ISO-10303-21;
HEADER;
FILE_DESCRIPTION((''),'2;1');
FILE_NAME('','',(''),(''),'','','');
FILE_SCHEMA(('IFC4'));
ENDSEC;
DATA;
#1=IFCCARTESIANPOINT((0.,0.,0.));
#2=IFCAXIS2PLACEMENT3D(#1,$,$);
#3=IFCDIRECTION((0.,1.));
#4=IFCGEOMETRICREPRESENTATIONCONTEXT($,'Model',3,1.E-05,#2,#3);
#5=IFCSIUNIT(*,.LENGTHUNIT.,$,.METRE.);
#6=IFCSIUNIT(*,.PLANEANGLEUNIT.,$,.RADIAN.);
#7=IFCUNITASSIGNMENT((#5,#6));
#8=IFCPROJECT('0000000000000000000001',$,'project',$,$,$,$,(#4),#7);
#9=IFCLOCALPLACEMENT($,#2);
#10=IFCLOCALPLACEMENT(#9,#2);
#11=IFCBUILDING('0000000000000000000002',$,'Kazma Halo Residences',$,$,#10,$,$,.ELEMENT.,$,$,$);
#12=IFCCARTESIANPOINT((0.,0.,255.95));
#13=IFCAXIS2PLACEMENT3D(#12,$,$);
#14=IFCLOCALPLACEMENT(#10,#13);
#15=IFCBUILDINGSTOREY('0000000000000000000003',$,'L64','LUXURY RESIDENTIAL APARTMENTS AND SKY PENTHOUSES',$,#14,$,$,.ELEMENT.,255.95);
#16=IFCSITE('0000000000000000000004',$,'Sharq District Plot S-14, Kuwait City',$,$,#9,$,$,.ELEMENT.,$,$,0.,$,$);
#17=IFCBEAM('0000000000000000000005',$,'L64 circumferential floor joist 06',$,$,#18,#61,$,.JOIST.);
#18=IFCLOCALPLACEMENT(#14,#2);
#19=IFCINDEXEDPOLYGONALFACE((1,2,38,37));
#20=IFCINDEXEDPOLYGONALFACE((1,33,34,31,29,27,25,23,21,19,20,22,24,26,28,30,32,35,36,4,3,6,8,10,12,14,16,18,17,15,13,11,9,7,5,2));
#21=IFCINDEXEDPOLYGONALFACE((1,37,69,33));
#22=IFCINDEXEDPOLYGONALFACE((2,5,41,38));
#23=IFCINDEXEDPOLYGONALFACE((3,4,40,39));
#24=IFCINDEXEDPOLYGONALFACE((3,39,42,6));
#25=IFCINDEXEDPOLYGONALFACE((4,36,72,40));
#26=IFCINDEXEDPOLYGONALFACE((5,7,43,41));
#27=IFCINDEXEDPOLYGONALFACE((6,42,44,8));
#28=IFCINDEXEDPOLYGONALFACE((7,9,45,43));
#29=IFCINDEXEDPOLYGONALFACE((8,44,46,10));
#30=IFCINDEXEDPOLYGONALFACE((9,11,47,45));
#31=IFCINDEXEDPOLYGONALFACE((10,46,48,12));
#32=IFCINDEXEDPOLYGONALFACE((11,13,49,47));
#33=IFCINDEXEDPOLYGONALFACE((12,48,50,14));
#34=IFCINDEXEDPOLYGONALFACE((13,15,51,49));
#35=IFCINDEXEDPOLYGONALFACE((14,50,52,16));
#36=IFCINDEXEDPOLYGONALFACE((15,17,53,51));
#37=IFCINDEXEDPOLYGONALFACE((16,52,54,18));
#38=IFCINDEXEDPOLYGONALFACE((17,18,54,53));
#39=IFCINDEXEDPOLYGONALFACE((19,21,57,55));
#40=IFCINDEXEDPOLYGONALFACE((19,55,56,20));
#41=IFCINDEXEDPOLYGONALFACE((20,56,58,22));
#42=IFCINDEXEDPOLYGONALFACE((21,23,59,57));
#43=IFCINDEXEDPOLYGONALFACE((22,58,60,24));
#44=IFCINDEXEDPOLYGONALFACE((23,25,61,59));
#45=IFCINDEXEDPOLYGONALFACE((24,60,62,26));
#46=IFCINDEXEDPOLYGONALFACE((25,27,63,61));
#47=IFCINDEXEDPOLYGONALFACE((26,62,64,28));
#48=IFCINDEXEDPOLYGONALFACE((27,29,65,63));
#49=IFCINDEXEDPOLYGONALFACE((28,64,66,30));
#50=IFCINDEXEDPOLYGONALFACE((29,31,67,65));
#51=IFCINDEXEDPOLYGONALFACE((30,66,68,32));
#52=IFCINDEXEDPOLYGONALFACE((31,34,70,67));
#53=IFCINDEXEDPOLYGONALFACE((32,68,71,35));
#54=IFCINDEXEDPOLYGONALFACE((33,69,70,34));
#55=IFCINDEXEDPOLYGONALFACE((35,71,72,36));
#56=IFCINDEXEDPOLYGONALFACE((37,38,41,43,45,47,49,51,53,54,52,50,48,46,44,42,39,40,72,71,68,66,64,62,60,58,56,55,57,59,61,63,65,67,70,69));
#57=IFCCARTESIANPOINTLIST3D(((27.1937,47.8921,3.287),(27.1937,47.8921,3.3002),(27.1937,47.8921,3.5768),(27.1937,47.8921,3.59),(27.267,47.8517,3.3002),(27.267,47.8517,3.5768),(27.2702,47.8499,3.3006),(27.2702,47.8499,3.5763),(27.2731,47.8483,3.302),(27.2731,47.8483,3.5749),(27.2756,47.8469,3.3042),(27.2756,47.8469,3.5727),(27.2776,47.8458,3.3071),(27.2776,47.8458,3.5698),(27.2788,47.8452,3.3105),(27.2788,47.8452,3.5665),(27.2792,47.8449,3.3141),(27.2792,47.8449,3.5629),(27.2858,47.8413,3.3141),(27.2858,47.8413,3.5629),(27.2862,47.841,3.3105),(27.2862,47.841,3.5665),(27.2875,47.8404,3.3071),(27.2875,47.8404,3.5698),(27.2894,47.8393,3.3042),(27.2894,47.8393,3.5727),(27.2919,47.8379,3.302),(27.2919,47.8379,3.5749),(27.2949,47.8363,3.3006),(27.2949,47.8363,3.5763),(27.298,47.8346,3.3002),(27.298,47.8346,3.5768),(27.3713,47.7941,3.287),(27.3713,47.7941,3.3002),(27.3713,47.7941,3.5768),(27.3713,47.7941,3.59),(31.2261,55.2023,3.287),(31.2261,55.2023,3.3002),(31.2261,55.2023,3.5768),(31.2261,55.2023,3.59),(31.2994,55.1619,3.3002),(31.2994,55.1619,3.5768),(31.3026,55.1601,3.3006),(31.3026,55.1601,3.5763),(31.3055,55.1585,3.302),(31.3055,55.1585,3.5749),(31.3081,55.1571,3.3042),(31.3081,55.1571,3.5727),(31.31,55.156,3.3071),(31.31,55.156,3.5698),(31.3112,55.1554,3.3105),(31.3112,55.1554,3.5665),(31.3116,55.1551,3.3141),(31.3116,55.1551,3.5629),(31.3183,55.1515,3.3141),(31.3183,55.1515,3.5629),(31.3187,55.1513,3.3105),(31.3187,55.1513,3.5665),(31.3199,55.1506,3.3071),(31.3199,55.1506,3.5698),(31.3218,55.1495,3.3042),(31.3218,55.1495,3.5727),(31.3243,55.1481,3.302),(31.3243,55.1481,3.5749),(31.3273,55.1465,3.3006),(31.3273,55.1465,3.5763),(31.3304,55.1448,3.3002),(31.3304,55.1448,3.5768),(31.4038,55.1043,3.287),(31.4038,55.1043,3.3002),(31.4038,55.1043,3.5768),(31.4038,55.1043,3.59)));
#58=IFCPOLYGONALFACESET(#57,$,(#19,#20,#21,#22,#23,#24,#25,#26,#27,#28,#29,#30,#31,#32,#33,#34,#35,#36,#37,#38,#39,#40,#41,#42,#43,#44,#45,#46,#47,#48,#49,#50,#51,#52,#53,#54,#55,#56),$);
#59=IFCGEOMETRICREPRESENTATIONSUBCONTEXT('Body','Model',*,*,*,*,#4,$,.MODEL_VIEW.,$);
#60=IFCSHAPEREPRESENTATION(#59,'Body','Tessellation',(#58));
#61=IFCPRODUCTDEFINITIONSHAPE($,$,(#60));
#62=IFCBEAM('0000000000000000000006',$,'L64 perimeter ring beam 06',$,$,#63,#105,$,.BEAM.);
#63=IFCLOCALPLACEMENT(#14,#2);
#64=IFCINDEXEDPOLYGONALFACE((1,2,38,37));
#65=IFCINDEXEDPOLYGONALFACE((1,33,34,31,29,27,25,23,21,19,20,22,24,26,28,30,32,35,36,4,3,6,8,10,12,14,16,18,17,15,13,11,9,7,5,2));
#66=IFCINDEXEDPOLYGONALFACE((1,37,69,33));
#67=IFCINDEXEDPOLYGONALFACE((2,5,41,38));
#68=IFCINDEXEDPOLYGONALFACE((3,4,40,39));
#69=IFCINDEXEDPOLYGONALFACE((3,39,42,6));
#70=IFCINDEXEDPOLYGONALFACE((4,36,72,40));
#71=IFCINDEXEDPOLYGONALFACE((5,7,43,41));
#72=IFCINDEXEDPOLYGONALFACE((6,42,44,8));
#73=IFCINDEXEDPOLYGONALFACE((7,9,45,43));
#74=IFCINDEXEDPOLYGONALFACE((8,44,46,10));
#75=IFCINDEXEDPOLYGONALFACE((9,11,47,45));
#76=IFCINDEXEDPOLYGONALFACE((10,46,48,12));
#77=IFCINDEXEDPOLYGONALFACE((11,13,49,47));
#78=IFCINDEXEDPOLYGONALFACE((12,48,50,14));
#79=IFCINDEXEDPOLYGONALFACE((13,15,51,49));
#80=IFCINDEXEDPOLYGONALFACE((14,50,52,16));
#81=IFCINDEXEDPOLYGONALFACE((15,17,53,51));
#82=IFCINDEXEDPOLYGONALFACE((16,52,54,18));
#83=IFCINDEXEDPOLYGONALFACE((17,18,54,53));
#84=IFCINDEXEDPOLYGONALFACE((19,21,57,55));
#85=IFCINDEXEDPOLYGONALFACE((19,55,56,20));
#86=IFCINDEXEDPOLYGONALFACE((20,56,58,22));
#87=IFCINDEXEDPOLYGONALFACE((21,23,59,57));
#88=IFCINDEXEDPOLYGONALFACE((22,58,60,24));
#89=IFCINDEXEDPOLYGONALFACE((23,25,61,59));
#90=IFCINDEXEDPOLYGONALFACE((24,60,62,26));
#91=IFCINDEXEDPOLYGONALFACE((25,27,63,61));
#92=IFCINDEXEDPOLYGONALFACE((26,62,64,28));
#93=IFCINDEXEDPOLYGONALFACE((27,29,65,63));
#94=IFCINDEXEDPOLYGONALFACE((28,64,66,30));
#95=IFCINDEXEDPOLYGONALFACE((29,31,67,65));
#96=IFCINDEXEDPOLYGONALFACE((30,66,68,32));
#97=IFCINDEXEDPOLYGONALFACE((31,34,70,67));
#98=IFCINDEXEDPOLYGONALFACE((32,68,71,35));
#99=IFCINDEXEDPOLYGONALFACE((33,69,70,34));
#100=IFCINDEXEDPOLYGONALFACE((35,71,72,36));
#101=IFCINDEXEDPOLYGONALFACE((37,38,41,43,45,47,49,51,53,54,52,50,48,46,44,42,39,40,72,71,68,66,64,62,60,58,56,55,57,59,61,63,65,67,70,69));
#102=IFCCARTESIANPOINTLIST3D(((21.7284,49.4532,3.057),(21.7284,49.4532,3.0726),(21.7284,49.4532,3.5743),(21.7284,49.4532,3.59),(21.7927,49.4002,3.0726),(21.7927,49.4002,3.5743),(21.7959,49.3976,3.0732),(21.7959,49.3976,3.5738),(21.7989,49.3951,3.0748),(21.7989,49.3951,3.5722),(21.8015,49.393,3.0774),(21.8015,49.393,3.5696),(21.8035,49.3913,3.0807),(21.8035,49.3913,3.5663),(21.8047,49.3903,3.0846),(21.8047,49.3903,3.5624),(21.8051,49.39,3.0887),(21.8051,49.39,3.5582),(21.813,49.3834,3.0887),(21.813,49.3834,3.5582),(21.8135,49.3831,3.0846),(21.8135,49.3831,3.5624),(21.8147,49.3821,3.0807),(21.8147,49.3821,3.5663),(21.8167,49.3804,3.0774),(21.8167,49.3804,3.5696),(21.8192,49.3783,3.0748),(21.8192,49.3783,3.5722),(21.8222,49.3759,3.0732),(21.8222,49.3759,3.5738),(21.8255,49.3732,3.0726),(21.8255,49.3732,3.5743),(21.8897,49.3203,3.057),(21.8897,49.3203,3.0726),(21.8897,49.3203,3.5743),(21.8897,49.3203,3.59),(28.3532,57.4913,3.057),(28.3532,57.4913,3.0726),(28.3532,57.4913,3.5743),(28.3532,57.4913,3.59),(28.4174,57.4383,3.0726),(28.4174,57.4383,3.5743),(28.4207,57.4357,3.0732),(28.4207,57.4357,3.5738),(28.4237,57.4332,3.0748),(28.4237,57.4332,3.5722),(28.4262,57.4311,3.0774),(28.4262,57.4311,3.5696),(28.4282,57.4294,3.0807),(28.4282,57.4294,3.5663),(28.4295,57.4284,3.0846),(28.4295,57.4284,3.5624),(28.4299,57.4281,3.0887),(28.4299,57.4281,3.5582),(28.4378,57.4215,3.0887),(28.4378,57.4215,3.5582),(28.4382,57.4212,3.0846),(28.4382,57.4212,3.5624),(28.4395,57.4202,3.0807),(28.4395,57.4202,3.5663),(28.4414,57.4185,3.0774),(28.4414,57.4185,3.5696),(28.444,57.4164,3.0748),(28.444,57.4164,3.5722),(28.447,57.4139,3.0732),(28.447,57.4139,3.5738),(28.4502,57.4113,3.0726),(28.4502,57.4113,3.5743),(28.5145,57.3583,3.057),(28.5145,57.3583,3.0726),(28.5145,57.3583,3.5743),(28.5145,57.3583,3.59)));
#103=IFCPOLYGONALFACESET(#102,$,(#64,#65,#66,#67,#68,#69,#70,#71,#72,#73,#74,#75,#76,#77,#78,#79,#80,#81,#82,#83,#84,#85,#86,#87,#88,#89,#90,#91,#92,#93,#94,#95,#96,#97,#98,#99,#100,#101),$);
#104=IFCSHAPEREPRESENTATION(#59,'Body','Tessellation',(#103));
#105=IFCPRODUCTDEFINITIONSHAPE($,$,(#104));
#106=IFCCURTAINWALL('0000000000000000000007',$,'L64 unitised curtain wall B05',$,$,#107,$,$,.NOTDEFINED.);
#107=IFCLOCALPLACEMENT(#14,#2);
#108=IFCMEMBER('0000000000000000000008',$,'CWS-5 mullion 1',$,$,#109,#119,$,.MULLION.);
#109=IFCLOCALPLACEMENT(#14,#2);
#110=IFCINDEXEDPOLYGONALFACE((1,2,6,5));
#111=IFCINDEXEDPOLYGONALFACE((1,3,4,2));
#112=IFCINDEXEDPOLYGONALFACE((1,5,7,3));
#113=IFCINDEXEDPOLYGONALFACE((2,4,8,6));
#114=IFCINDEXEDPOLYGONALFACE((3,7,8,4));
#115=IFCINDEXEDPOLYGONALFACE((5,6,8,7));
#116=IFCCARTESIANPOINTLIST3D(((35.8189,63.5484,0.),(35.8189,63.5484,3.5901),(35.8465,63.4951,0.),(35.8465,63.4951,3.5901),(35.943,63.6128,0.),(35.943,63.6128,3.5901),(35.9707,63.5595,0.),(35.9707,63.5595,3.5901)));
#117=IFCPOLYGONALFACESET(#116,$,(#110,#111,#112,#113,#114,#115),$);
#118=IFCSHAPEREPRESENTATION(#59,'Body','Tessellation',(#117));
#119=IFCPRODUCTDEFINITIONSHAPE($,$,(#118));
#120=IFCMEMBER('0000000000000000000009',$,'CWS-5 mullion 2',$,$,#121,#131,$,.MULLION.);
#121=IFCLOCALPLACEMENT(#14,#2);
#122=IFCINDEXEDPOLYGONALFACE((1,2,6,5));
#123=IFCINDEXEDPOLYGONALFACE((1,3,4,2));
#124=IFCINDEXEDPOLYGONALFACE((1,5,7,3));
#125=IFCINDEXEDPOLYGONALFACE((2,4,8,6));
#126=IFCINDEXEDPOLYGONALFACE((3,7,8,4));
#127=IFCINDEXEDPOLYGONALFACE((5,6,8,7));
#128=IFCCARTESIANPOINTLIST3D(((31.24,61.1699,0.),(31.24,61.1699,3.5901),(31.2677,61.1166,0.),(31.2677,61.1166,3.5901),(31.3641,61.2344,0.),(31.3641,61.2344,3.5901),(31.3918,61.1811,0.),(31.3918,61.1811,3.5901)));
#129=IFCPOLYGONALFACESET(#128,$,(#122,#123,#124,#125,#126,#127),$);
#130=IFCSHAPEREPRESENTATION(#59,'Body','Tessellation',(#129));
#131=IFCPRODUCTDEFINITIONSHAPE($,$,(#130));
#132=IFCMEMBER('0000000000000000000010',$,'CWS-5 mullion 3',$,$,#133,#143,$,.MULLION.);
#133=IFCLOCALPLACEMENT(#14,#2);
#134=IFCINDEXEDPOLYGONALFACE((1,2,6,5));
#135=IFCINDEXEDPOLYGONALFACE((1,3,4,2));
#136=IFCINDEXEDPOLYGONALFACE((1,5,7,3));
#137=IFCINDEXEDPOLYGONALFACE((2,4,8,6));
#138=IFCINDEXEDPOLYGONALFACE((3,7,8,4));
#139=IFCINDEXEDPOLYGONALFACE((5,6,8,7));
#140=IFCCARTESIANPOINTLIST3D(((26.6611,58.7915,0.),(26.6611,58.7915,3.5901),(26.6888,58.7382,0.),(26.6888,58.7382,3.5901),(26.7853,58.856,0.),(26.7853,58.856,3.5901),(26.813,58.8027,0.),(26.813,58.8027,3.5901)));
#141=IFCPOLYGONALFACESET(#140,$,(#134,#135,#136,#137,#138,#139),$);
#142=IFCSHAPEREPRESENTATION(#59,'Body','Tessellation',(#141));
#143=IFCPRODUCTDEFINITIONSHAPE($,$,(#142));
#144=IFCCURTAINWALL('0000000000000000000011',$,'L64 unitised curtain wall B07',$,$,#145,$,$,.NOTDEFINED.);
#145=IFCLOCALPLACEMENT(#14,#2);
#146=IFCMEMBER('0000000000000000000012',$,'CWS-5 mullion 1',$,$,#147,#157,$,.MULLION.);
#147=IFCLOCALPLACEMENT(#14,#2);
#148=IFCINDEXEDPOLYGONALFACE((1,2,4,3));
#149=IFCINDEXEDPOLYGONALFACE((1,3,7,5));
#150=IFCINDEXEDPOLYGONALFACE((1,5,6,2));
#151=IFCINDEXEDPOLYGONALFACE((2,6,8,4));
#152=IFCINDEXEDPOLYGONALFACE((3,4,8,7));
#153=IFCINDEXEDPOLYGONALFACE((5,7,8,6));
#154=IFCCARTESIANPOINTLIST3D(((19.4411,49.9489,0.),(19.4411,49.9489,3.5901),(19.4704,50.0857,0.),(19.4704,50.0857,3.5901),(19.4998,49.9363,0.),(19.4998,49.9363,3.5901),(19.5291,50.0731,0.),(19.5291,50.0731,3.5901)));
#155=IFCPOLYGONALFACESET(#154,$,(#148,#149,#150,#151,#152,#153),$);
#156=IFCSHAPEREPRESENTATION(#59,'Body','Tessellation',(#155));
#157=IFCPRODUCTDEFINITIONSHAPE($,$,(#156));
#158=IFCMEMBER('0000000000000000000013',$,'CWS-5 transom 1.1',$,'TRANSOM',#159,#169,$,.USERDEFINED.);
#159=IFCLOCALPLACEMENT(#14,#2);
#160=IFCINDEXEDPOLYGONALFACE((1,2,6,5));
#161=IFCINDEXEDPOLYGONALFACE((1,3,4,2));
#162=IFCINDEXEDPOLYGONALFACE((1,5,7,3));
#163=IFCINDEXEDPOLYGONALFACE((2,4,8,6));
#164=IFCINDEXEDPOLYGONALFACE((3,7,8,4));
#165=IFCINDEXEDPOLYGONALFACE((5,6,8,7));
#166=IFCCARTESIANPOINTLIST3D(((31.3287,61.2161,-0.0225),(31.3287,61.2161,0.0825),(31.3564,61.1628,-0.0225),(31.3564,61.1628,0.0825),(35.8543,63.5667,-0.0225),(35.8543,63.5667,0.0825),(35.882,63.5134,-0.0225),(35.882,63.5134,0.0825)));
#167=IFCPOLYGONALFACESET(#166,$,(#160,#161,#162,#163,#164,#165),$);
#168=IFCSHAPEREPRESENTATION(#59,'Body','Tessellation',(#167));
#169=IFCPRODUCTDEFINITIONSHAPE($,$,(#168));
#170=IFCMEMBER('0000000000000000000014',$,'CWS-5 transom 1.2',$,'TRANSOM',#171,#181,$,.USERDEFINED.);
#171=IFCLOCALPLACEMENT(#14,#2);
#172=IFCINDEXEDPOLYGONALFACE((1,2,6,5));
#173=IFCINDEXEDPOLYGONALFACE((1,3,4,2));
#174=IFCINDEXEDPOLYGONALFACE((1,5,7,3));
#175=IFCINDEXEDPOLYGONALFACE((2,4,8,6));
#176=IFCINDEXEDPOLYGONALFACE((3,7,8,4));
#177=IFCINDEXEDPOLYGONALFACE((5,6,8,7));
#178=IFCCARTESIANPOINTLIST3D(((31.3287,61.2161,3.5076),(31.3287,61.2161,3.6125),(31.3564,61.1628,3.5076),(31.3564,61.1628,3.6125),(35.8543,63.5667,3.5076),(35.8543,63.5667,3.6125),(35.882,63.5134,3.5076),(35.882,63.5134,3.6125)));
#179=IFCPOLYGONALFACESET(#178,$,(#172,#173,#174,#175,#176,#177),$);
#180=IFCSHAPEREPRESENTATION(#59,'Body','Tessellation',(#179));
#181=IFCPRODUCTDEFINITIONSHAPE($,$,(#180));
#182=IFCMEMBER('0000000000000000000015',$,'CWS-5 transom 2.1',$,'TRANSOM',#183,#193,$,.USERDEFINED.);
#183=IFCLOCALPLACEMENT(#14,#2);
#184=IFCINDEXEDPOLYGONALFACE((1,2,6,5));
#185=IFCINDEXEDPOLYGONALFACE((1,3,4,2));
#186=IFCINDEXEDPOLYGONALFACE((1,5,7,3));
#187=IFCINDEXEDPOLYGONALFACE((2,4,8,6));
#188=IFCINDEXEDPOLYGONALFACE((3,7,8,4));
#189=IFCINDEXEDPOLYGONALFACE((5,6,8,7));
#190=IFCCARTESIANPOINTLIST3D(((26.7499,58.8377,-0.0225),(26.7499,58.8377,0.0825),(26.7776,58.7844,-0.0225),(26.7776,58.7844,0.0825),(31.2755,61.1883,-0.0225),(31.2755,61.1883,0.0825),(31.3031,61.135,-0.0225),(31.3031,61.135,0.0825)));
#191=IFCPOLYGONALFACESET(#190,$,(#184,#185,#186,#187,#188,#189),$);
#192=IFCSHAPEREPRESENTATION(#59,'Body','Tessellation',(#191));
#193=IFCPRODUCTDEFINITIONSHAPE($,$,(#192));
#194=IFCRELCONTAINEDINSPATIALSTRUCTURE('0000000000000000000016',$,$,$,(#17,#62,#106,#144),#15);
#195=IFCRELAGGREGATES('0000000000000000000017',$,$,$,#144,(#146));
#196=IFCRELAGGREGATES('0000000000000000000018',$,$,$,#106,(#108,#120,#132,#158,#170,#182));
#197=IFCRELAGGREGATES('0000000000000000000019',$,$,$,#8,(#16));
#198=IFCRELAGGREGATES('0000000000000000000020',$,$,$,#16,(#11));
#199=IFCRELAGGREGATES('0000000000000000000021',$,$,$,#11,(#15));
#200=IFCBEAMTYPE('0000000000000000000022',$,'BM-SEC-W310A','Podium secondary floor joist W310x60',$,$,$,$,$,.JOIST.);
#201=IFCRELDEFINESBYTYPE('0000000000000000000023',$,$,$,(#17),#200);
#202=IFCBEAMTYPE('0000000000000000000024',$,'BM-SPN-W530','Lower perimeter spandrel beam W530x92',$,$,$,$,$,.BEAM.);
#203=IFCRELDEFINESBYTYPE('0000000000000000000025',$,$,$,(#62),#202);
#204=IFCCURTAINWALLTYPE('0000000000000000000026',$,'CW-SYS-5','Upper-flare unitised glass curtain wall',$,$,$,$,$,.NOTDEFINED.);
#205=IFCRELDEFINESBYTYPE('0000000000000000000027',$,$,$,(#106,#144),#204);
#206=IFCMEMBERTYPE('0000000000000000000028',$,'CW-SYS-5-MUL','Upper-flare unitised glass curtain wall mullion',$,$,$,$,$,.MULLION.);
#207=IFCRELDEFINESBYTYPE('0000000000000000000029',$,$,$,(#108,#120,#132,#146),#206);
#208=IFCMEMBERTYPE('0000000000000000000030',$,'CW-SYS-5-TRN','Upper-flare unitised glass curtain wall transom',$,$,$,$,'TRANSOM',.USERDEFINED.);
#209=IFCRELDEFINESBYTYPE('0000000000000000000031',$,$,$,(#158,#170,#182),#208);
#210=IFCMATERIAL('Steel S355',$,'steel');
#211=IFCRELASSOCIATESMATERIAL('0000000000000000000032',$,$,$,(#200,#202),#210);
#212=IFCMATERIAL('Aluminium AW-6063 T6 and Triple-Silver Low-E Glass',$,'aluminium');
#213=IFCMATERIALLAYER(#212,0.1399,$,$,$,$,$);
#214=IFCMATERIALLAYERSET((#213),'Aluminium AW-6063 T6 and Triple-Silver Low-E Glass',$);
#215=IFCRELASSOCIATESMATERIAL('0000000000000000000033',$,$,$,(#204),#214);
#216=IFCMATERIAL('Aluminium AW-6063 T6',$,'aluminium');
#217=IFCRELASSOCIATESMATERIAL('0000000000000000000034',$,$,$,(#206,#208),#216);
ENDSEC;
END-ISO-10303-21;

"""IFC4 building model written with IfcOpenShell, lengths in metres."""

from ifc_helpers import new_model, si_unit, direction, frame, origin, origin_2d, place, context, subcontext, project, spatial, rectangle, i_section, extrude, material, layer, layer_set, material_profile, profile_set, type_object, element, aggregate, save


model = new_model("IFC4")

# Units and contexts
model_context = context("Model", 3, precision=1e-05, world=origin(), true_north=direction((0.0, 1.0)))
body_context = subcontext(model_context, "Body", "Model", "MODEL_VIEW")
ifc_project = project(units=[si_unit("LENGTHUNIT", "METRE"), si_unit("PLANEANGLEUNIT", "RADIAN")], contexts=[model_context])

# Site, building, storey
site_placement = place(None, origin())
site = spatial("IfcSite", under=ifc_project, at=site_placement, Name="Sharq District Plot S-14, Kuwait City", CompositionType="ELEMENT", RefElevation=0.0)
building_placement = place(site_placement, origin())
building = spatial("IfcBuilding", under=site, at=building_placement, Name="Kazma Halo Residences", CompositionType="ELEMENT")
storey_placement = place(building_placement, frame((0.0, 0.0, 255.95)))
storey = spatial("IfcBuildingStorey", under=building, at=storey_placement, Name="L64", Description="LUXURY RESIDENTIAL APARTMENTS AND SKY PENTHOUSES", CompositionType="ELEMENT", Elevation=255.95)

# Beams
ifc_material_1 = material(Name="Steel S355", Category="steel")
ifc_material_profile_1 = material_profile(ifc_material_1, i_section(OverallWidth=0.2029, OverallDepth=0.303, WebThickness=0.0076, FlangeThickness=0.0132, FilletRadius=0.0139, at=origin_2d()), Name="W310x60")
ifc_profile_set_1 = profile_set([ifc_material_profile_1], Name="Steel S355")
beam_type_1 = type_object("IfcBeamType", Name="BM-SEC-W310A", Description="Podium secondary floor joist W310x60", PredefinedType="JOIST", material=ifc_profile_set_1)
beam_1_placement = place(storey_placement, frame((31.3149, 55.1533, 3.4385), z_axis=(-0.483004, -0.875618, 0.0), x_axis=(0.875618, -0.483004, 0.0)))
element("IfcBeam", 1, at=beam_1_placement, inside=storey, type_object=beam_type_1, Name="L64 circumferential floor joist 06", PredefinedType="JOIST", context=body_context, shape_type="SweptSolid", body=[
    extrude(i_section(OverallWidth=0.2029, OverallDepth=0.303, WebThickness=0.0076, FlangeThickness=0.0132, FilletRadius=0.0139, at=origin_2d()), origin(), (0.0, 0.0, 1.0), 8.3486),
])
ifc_material_profile_2 = material_profile(ifc_material_1, i_section(OverallWidth=0.209, OverallDepth=0.533, WebThickness=0.0103, FlangeThickness=0.0156, FilletRadius=0.0161, at=origin_2d()), Name="W530x92")
ifc_profile_set_2 = profile_set([ifc_material_profile_2], Name="Steel S355")
beam_type_2 = type_object("IfcBeamType", Name="BM-SPN-W530", Description="Lower perimeter spandrel beam W530x92", PredefinedType="BEAM", material=ifc_profile_set_2)
beam_2_placement = place(storey_placement, frame((28.4338, 57.4248, 3.3235), z_axis=(-0.636002, -0.771687, 0.0), x_axis=(0.771687, -0.636002, 0.0)))
element("IfcBeam", 2, at=beam_2_placement, inside=storey, type_object=beam_type_2, Name="L64 perimeter ring beam 06", PredefinedType="BEAM", context=body_context, shape_type="SweptSolid", body=[
    extrude(i_section(OverallWidth=0.209, OverallDepth=0.533, WebThickness=0.0103, FlangeThickness=0.0156, FilletRadius=0.0161, at=origin_2d()), origin(), (0.0, 0.0, 1.0), 10.4163),
])

# Curtain wall, members
ifc_material_2 = material(Name="Aluminium AW-6063 T6 and Triple-Silver Low-E Glass", Category="aluminium")
ifc_layer_1 = layer(ifc_material_2, 0.1399)
ifc_layer_set_1 = layer_set([ifc_layer_1], Name="Aluminium AW-6063 T6 and Triple-Silver Low-E Glass")
curtain_wall_type = type_object("IfcCurtainWallType", Name="CW-SYS-5", Description="Upper-flare unitised glass curtain wall", PredefinedType="NOTDEFINED", material=ifc_layer_set_1)
curtain_wall_1_placement = place(storey_placement, origin())
curtain_wall_1 = element("IfcCurtainWall", 3, at=curtain_wall_1_placement, inside=storey, type_object=curtain_wall_type, Name="L64 unitised curtain wall B05", PredefinedType="NOTDEFINED")
ifc_material_3 = material(Name="Aluminium AW-6063 T6", Category="aluminium")
ifc_material_profile_3 = material_profile(ifc_material_3, rectangle(XDim=0.0601, YDim=0.1399, at=origin_2d()), Name="CWM-60x140")
ifc_profile_set_3 = profile_set([ifc_material_profile_3], Name="Aluminium AW-6063 T6")
member_type_1 = type_object("IfcMemberType", Name="CW-SYS-5-MUL", Description="Upper-flare unitised glass curtain wall mullion", PredefinedType="MULLION", material=ifc_profile_set_3)
member_1_placement = place(storey_placement, frame((35.8948, 63.554, 0.0), z_axis=(0.0, 0.0, 1.0), x_axis=(0.460961, -0.887421, 0.0)))
member_1 = element("IfcMember", 4, at=member_1_placement, type_object=member_type_1, Name="CWS-5 mullion 1", PredefinedType="MULLION", context=body_context, shape_type="SweptSolid", body=[
    extrude(rectangle(XDim=0.0601, YDim=0.1399, at=origin_2d()), origin(), (0.0, 0.0, 1.0), 3.5901),
])
member_2_placement = place(storey_placement, frame((31.3159, 61.1755, 0.0), z_axis=(0.0, 0.0, 1.0), x_axis=(0.460961, -0.887421, 0.0)))
member_2 = element("IfcMember", 5, at=member_2_placement, type_object=member_type_1, Name="CWS-5 mullion 2", PredefinedType="MULLION", context=body_context, shape_type="SweptSolid", body=[
    extrude(rectangle(XDim=0.0601, YDim=0.1399, at=origin_2d()), origin(), (0.0, 0.0, 1.0), 3.5901),
])
member_3_placement = place(storey_placement, frame((26.7371, 58.7971, 0.0), z_axis=(0.0, 0.0, 1.0), x_axis=(0.460961, -0.887421, 0.0)))
member_3 = element("IfcMember", 6, at=member_3_placement, type_object=member_type_1, Name="CWS-5 mullion 3", PredefinedType="MULLION", context=body_context, shape_type="SweptSolid", body=[
    extrude(rectangle(XDim=0.0601, YDim=0.1399, at=origin_2d()), origin(), (0.0, 0.0, 1.0), 3.5901),
])

# Curtain wall, member
curtain_wall_2_placement = place(storey_placement, origin())
curtain_wall_2 = element("IfcCurtainWall", 7, at=curtain_wall_2_placement, inside=storey, type_object=curtain_wall_type, Name="L64 unitised curtain wall B07", PredefinedType="NOTDEFINED")
member_4_placement = place(storey_placement, frame((19.4851, 50.011, 0.0), z_axis=(0.0, 0.0, 1.0), x_axis=(0.977775, -0.209657, 0.0)))
member_4 = element("IfcMember", 8, at=member_4_placement, type_object=member_type_1, Name="CWS-5 mullion 1", PredefinedType="MULLION", context=body_context, shape_type="SweptSolid", body=[
    extrude(rectangle(XDim=0.0601, YDim=0.1399, at=origin_2d()), origin(), (0.0, 0.0, 1.0), 3.5901),
])
aggregate(curtain_wall_2, [member_4])

# Members
ifc_material_profile_4 = material_profile(ifc_material_3, rectangle(XDim=0.0601, YDim=0.105, at=origin_2d()), Name="CWT-60x105")
ifc_profile_set_4 = profile_set([ifc_material_profile_4], Name="Aluminium AW-6063 T6")
member_type_2 = type_object("IfcMemberType", Name="CW-SYS-5-TRN", Description="Upper-flare unitised glass curtain wall transom", ElementType="TRANSOM", PredefinedType="USERDEFINED", material=ifc_profile_set_4)
member_5_placement = place(storey_placement, frame((35.8682, 63.54, 0.03), z_axis=(-0.887437, -0.460929, 0.0), x_axis=(0.460929, -0.887437, 0.0)))
member_5 = element("IfcMember", 9, at=member_5_placement, type_object=member_type_2, Name="CWS-5 transom 1.1", ObjectType="TRANSOM", PredefinedType="USERDEFINED", context=body_context, shape_type="SweptSolid", body=[
    extrude(rectangle(XDim=0.0601, YDim=0.105, at=origin_2d()), origin(), (0.0, 0.0, 1.0), 5.0996),
])
member_6_placement = place(storey_placement, frame((35.8682, 63.54, 3.5601), z_axis=(-0.887437, -0.460929, 0.0), x_axis=(0.460929, -0.887437, 0.0)))
member_6 = element("IfcMember", 10, at=member_6_placement, type_object=member_type_2, Name="CWS-5 transom 1.2", ObjectType="TRANSOM", PredefinedType="USERDEFINED", context=body_context, shape_type="SweptSolid", body=[
    extrude(rectangle(XDim=0.0601, YDim=0.105, at=origin_2d()), origin(), (0.0, 0.0, 1.0), 5.0996),
])
member_7_placement = place(storey_placement, frame((31.2893, 61.1616, 0.03), z_axis=(-0.887437, -0.460929, 0.0), x_axis=(0.460929, -0.887437, 0.0)))
member_7 = element("IfcMember", 11, at=member_7_placement, type_object=member_type_2, Name="CWS-5 transom 2.1", ObjectType="TRANSOM", PredefinedType="USERDEFINED", context=body_context, shape_type="SweptSolid", body=[
    extrude(rectangle(XDim=0.0601, YDim=0.105, at=origin_2d()), origin(), (0.0, 0.0, 1.0), 5.0996),
])

aggregate(curtain_wall_1, [member_1, member_2, member_3, member_5, member_6, member_7])

save(model, "model.ifc")
